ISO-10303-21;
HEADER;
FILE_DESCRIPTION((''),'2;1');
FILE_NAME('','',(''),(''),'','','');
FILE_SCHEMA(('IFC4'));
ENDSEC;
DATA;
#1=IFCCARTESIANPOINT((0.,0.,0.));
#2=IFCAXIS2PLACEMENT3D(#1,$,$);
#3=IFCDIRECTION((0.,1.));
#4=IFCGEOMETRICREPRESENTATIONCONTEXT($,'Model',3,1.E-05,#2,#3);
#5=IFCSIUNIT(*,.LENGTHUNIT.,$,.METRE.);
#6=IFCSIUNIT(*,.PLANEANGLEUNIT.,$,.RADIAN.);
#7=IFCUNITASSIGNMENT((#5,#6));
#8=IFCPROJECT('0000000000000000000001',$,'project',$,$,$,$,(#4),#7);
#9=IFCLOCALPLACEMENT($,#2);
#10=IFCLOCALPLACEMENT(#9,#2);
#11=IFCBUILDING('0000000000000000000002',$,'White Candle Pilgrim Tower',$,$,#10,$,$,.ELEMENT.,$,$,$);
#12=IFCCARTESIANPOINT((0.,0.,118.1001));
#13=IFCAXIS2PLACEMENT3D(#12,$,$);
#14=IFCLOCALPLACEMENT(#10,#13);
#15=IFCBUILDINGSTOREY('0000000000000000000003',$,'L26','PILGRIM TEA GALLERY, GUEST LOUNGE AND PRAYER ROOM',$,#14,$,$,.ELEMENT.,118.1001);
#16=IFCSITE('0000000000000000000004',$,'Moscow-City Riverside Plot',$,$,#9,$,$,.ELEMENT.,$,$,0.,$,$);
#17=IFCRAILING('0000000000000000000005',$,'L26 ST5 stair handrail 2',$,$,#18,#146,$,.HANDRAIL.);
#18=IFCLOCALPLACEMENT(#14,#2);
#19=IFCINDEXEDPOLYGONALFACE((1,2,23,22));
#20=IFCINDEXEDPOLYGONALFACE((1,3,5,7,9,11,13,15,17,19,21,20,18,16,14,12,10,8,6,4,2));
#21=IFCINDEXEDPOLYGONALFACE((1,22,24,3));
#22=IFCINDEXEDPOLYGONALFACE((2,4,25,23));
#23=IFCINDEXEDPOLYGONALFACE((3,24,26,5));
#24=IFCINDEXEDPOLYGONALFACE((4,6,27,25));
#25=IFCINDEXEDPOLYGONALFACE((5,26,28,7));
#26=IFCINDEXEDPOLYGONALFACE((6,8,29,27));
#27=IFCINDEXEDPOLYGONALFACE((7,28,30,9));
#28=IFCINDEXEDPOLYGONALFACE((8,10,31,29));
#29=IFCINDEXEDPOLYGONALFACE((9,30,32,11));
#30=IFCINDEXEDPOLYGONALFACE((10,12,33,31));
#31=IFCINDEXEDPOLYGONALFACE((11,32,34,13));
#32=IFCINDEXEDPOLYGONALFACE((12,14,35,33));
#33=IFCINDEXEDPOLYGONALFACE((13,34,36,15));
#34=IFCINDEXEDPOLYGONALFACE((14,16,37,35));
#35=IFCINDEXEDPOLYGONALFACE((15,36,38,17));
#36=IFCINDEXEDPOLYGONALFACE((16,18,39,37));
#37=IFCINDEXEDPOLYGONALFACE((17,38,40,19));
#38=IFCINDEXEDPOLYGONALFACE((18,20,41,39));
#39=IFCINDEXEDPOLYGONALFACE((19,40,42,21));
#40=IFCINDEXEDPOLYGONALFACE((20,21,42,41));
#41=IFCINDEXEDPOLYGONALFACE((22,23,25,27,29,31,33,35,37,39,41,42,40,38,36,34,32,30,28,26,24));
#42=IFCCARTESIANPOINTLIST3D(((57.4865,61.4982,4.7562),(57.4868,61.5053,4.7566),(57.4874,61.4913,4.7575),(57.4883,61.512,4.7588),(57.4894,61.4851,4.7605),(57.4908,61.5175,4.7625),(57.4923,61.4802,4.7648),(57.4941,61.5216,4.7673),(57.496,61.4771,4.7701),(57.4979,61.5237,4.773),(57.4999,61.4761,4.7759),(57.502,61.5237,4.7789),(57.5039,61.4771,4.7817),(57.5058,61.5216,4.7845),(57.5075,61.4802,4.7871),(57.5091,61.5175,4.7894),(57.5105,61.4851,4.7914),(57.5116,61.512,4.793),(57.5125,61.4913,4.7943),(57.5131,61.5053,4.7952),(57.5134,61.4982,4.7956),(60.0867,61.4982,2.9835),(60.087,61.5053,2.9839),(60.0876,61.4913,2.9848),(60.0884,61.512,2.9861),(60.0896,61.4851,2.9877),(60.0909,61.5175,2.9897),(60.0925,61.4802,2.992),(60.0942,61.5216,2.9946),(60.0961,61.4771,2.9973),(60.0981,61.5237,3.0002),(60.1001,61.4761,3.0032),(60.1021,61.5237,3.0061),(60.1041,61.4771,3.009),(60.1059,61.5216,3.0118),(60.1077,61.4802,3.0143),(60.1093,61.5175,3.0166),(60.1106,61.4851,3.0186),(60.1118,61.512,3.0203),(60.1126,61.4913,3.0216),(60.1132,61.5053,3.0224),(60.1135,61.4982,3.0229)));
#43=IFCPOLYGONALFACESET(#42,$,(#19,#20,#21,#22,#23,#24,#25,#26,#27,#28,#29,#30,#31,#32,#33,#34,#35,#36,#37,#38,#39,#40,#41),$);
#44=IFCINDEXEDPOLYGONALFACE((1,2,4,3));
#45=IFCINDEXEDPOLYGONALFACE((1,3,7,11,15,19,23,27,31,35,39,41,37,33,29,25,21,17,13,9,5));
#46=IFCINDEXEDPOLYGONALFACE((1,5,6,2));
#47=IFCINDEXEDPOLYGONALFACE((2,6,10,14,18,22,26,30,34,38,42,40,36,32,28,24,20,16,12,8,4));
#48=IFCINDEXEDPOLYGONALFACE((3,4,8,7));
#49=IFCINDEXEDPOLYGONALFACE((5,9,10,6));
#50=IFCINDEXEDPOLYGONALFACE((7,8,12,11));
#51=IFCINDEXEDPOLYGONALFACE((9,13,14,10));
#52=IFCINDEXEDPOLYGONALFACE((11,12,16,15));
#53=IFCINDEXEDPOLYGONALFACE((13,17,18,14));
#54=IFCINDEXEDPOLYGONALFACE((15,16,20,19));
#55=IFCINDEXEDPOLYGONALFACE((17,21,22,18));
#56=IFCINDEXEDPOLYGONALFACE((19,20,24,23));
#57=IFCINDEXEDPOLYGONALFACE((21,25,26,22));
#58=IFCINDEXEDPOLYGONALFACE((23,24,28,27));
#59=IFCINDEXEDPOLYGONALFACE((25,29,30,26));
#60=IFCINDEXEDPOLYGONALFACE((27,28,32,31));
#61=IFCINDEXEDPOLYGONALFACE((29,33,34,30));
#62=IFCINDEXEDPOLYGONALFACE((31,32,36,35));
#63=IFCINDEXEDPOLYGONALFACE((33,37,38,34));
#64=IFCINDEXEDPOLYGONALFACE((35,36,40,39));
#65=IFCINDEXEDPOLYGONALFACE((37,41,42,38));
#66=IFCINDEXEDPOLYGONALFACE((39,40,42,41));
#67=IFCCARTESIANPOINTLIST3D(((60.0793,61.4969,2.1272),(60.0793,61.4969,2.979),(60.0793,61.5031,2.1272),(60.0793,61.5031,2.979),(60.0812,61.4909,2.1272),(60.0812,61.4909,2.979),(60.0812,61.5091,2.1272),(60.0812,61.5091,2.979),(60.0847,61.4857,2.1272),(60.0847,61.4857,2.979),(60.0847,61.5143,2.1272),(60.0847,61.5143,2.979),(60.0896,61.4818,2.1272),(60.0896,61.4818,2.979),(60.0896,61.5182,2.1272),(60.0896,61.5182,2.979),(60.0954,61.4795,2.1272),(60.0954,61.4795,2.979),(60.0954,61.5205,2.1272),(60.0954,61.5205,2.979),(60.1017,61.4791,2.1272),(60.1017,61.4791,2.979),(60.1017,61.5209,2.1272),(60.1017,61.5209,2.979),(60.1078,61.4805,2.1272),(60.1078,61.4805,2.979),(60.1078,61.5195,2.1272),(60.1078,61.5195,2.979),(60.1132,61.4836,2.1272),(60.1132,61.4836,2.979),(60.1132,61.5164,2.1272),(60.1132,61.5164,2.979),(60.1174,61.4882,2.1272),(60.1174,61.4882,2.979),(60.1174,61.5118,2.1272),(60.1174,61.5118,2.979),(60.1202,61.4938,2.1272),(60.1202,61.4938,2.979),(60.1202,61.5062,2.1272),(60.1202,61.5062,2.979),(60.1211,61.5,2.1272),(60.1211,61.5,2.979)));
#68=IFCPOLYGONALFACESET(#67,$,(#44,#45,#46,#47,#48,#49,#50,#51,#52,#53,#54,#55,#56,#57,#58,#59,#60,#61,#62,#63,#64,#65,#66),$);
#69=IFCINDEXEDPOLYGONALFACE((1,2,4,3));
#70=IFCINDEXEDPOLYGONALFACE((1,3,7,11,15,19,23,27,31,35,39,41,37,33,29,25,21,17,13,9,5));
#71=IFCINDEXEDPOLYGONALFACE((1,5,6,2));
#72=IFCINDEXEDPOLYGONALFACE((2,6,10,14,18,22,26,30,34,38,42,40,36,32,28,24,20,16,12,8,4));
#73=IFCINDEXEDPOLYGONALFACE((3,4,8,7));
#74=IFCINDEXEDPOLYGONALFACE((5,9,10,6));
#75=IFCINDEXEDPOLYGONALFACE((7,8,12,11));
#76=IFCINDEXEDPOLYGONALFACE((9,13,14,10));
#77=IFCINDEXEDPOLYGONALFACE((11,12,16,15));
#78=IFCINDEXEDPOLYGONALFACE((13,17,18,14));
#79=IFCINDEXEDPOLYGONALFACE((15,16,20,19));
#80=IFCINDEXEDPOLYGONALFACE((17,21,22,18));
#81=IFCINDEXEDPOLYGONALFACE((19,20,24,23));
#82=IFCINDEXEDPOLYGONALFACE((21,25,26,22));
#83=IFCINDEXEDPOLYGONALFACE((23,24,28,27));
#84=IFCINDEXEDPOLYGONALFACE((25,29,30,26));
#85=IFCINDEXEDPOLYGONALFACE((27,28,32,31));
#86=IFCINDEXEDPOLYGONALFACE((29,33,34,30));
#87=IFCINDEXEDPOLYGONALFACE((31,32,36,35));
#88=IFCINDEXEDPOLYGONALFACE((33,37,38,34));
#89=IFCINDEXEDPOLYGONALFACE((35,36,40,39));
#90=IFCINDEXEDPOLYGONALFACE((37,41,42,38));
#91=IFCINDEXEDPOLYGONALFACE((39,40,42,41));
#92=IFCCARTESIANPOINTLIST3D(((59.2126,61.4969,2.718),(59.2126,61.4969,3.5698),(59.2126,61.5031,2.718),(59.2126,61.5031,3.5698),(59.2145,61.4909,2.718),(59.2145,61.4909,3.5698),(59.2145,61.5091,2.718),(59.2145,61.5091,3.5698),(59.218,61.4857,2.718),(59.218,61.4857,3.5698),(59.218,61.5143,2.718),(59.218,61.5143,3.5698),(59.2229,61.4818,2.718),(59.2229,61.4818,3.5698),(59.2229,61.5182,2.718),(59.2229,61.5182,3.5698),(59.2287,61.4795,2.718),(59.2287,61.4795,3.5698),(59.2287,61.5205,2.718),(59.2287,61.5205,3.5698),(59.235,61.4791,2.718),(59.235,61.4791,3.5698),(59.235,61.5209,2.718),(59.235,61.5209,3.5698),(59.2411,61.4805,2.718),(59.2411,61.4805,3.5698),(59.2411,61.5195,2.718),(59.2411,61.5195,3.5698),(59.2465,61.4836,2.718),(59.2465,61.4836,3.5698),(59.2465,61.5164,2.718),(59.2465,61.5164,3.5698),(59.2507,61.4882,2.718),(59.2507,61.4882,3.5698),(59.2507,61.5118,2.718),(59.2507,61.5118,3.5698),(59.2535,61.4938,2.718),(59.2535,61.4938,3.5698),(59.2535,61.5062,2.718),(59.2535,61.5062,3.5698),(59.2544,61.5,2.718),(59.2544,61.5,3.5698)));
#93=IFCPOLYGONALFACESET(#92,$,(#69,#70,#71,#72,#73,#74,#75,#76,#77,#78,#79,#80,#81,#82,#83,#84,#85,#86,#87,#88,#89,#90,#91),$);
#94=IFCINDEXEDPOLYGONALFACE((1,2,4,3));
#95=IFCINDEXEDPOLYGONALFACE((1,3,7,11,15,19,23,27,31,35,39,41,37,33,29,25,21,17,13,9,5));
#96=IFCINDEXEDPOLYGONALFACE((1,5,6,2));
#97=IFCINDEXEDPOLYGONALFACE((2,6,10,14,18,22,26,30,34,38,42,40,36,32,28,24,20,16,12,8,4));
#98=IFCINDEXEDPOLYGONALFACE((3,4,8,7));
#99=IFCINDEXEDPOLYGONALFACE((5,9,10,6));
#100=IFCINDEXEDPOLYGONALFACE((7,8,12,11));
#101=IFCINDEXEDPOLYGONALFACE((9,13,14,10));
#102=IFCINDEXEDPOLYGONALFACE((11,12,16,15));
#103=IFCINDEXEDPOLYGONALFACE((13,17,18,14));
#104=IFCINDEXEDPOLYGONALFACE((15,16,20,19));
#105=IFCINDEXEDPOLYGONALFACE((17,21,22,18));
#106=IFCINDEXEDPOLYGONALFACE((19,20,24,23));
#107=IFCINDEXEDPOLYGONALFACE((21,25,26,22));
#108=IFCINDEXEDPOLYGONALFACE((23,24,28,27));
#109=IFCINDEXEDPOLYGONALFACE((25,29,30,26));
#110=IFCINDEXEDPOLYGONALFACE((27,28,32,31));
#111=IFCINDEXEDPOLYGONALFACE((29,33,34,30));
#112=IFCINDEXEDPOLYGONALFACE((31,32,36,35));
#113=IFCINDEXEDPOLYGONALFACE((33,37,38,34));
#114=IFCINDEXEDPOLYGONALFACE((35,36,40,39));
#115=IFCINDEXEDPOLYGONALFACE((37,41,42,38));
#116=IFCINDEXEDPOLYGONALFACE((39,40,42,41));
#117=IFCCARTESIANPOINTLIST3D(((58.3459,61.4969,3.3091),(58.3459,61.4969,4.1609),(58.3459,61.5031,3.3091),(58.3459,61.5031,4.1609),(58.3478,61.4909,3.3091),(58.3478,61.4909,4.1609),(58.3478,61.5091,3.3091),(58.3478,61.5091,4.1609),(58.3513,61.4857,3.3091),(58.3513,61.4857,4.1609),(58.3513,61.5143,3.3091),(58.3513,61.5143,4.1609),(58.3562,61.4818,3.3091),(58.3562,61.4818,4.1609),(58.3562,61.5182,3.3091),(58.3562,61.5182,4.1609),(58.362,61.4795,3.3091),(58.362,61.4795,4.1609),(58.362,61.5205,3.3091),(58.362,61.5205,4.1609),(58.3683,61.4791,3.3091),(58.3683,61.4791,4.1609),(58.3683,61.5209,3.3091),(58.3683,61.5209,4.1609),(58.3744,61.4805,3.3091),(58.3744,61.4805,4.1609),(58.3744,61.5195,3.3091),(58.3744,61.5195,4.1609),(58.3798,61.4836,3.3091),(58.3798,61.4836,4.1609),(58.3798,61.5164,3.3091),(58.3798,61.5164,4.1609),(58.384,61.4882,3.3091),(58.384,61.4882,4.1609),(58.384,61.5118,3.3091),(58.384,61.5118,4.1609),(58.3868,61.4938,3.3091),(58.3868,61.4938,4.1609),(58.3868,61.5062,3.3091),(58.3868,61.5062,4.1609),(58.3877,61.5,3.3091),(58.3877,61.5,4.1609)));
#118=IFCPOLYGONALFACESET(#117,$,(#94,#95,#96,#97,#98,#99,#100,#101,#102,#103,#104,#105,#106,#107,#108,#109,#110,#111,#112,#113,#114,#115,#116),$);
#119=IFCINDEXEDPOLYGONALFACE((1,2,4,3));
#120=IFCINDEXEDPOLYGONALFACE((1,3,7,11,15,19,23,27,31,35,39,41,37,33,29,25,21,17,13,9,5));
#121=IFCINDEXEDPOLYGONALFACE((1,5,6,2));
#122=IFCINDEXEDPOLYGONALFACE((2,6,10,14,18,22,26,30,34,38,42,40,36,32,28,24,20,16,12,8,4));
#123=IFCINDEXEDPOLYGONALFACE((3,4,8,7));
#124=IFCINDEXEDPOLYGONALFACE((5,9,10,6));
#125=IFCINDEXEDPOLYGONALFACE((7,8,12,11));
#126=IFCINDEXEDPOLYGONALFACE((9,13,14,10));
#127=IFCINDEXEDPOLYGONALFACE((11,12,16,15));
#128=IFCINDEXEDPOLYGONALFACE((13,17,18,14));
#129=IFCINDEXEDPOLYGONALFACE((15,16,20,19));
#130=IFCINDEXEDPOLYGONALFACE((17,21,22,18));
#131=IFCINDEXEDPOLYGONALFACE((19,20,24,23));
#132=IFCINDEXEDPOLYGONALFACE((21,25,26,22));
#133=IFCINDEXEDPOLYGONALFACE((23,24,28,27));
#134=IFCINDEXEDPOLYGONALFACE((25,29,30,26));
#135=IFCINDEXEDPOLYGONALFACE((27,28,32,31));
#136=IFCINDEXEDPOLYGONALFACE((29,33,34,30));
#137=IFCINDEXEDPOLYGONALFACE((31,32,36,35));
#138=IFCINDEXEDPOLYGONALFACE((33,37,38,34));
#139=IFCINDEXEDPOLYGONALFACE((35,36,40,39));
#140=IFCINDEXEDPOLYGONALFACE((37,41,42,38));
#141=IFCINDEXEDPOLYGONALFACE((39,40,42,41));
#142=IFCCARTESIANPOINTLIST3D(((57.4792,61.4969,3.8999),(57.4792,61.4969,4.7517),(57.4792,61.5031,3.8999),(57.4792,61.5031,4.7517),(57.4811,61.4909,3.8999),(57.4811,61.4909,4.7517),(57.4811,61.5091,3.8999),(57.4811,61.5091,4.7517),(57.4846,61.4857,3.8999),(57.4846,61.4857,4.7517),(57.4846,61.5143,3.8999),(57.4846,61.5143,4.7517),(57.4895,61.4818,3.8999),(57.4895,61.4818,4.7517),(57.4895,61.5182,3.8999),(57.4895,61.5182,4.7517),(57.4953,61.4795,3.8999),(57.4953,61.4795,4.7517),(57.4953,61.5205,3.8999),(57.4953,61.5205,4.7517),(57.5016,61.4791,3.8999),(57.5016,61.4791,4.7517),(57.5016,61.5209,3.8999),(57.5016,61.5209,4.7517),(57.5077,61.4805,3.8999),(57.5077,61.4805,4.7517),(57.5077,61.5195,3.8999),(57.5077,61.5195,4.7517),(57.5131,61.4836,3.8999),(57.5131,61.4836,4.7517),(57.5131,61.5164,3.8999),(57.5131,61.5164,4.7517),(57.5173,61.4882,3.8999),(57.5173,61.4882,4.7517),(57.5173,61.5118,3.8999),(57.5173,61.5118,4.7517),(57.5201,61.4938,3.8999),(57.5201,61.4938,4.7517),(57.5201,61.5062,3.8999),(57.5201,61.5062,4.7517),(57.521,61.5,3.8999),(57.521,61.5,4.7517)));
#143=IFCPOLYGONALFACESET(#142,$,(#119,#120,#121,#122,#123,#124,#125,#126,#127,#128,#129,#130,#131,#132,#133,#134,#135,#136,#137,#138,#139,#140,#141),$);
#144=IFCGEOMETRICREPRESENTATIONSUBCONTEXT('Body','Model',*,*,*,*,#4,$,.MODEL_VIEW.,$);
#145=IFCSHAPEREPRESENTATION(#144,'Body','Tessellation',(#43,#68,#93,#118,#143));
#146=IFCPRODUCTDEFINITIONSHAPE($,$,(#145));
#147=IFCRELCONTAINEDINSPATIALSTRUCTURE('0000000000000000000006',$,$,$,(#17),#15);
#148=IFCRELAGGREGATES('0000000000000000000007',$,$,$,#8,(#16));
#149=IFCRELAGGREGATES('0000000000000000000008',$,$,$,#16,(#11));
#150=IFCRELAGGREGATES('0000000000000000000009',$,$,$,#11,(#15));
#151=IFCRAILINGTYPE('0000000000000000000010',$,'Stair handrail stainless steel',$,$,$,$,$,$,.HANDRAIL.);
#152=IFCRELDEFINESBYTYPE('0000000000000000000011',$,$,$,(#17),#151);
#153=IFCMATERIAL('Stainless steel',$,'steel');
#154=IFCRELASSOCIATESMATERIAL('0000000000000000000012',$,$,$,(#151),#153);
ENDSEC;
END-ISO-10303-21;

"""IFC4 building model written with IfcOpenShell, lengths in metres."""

from ifc_helpers import new_model, si_unit, direction, frame, origin, origin_2d, place, context, subcontext, project, spatial, circle, extrude, material, type_object, element, save


model = new_model("IFC4")

# Units and contexts
model_context = context("Model", 3, precision=1e-05, world=origin(), true_north=direction((0.0, 1.0)))
body_context = subcontext(model_context, "Body", "Model", "MODEL_VIEW")
ifc_project = project(units=[si_unit("LENGTHUNIT", "METRE"), si_unit("PLANEANGLEUNIT", "RADIAN")], contexts=[model_context])

# Site, building, storey
site_placement = place(None, origin())
site = spatial("IfcSite", under=ifc_project, at=site_placement, Name="Moscow-City Riverside Plot", CompositionType="ELEMENT", RefElevation=0.0)
building_placement = place(site_placement, origin())
building = spatial("IfcBuilding", under=site, at=building_placement, Name="White Candle Pilgrim Tower", CompositionType="ELEMENT")
storey_placement = place(building_placement, frame((0.0, 0.0, 118.1001)))
storey = spatial("IfcBuildingStorey", under=building, at=storey_placement, Name="L26", Description="PILGRIM TEA GALLERY, GUEST LOUNGE AND PRAYER ROOM", CompositionType="ELEMENT", Elevation=118.1001)

# Railing
ifc_material_1 = material(Name="Stainless steel", Category="steel")
railing_type_1 = type_object("IfcRailingType", Name="Stair handrail stainless steel", PredefinedType="HANDRAIL", material=ifc_material_1)
railing_1_placement = place(storey_placement, frame((60.1001, 61.5, 2.1272)))
element("IfcRailing", 1, at=railing_1_placement, inside=storey, type_object=railing_type_1, Name="L26 ST5 stair handrail 2", PredefinedType="HANDRAIL", context=body_context, shape_type="SweptSolid", body=[
    extrude(circle(Radius=0.0239, at=origin_2d()), frame((0.0, 0.0, 0.876), z_axis=(-0.82624, 0.0, 0.563318), x_axis=(0.0, -1.0, 0.0)), (0.0, 0.0, 1.0), 3.147),
    extrude(circle(Radius=0.021, at=origin_2d()), origin(), (0.0, 0.0, 1.0), 0.8518),
    extrude(circle(Radius=0.021, at=origin_2d()), frame((-0.8667, 0.0, 0.5908)), (0.0, 0.0, 1.0), 0.8518),
    extrude(circle(Radius=0.021, at=origin_2d()), frame((-1.7334, 0.0, 1.1819)), (0.0, 0.0, 1.0), 0.8518),
    extrude(circle(Radius=0.021, at=origin_2d()), frame((-2.6001, 0.0, 1.7727)), (0.0, 0.0, 1.0), 0.8518),
])

save(model, "model.ifc")
